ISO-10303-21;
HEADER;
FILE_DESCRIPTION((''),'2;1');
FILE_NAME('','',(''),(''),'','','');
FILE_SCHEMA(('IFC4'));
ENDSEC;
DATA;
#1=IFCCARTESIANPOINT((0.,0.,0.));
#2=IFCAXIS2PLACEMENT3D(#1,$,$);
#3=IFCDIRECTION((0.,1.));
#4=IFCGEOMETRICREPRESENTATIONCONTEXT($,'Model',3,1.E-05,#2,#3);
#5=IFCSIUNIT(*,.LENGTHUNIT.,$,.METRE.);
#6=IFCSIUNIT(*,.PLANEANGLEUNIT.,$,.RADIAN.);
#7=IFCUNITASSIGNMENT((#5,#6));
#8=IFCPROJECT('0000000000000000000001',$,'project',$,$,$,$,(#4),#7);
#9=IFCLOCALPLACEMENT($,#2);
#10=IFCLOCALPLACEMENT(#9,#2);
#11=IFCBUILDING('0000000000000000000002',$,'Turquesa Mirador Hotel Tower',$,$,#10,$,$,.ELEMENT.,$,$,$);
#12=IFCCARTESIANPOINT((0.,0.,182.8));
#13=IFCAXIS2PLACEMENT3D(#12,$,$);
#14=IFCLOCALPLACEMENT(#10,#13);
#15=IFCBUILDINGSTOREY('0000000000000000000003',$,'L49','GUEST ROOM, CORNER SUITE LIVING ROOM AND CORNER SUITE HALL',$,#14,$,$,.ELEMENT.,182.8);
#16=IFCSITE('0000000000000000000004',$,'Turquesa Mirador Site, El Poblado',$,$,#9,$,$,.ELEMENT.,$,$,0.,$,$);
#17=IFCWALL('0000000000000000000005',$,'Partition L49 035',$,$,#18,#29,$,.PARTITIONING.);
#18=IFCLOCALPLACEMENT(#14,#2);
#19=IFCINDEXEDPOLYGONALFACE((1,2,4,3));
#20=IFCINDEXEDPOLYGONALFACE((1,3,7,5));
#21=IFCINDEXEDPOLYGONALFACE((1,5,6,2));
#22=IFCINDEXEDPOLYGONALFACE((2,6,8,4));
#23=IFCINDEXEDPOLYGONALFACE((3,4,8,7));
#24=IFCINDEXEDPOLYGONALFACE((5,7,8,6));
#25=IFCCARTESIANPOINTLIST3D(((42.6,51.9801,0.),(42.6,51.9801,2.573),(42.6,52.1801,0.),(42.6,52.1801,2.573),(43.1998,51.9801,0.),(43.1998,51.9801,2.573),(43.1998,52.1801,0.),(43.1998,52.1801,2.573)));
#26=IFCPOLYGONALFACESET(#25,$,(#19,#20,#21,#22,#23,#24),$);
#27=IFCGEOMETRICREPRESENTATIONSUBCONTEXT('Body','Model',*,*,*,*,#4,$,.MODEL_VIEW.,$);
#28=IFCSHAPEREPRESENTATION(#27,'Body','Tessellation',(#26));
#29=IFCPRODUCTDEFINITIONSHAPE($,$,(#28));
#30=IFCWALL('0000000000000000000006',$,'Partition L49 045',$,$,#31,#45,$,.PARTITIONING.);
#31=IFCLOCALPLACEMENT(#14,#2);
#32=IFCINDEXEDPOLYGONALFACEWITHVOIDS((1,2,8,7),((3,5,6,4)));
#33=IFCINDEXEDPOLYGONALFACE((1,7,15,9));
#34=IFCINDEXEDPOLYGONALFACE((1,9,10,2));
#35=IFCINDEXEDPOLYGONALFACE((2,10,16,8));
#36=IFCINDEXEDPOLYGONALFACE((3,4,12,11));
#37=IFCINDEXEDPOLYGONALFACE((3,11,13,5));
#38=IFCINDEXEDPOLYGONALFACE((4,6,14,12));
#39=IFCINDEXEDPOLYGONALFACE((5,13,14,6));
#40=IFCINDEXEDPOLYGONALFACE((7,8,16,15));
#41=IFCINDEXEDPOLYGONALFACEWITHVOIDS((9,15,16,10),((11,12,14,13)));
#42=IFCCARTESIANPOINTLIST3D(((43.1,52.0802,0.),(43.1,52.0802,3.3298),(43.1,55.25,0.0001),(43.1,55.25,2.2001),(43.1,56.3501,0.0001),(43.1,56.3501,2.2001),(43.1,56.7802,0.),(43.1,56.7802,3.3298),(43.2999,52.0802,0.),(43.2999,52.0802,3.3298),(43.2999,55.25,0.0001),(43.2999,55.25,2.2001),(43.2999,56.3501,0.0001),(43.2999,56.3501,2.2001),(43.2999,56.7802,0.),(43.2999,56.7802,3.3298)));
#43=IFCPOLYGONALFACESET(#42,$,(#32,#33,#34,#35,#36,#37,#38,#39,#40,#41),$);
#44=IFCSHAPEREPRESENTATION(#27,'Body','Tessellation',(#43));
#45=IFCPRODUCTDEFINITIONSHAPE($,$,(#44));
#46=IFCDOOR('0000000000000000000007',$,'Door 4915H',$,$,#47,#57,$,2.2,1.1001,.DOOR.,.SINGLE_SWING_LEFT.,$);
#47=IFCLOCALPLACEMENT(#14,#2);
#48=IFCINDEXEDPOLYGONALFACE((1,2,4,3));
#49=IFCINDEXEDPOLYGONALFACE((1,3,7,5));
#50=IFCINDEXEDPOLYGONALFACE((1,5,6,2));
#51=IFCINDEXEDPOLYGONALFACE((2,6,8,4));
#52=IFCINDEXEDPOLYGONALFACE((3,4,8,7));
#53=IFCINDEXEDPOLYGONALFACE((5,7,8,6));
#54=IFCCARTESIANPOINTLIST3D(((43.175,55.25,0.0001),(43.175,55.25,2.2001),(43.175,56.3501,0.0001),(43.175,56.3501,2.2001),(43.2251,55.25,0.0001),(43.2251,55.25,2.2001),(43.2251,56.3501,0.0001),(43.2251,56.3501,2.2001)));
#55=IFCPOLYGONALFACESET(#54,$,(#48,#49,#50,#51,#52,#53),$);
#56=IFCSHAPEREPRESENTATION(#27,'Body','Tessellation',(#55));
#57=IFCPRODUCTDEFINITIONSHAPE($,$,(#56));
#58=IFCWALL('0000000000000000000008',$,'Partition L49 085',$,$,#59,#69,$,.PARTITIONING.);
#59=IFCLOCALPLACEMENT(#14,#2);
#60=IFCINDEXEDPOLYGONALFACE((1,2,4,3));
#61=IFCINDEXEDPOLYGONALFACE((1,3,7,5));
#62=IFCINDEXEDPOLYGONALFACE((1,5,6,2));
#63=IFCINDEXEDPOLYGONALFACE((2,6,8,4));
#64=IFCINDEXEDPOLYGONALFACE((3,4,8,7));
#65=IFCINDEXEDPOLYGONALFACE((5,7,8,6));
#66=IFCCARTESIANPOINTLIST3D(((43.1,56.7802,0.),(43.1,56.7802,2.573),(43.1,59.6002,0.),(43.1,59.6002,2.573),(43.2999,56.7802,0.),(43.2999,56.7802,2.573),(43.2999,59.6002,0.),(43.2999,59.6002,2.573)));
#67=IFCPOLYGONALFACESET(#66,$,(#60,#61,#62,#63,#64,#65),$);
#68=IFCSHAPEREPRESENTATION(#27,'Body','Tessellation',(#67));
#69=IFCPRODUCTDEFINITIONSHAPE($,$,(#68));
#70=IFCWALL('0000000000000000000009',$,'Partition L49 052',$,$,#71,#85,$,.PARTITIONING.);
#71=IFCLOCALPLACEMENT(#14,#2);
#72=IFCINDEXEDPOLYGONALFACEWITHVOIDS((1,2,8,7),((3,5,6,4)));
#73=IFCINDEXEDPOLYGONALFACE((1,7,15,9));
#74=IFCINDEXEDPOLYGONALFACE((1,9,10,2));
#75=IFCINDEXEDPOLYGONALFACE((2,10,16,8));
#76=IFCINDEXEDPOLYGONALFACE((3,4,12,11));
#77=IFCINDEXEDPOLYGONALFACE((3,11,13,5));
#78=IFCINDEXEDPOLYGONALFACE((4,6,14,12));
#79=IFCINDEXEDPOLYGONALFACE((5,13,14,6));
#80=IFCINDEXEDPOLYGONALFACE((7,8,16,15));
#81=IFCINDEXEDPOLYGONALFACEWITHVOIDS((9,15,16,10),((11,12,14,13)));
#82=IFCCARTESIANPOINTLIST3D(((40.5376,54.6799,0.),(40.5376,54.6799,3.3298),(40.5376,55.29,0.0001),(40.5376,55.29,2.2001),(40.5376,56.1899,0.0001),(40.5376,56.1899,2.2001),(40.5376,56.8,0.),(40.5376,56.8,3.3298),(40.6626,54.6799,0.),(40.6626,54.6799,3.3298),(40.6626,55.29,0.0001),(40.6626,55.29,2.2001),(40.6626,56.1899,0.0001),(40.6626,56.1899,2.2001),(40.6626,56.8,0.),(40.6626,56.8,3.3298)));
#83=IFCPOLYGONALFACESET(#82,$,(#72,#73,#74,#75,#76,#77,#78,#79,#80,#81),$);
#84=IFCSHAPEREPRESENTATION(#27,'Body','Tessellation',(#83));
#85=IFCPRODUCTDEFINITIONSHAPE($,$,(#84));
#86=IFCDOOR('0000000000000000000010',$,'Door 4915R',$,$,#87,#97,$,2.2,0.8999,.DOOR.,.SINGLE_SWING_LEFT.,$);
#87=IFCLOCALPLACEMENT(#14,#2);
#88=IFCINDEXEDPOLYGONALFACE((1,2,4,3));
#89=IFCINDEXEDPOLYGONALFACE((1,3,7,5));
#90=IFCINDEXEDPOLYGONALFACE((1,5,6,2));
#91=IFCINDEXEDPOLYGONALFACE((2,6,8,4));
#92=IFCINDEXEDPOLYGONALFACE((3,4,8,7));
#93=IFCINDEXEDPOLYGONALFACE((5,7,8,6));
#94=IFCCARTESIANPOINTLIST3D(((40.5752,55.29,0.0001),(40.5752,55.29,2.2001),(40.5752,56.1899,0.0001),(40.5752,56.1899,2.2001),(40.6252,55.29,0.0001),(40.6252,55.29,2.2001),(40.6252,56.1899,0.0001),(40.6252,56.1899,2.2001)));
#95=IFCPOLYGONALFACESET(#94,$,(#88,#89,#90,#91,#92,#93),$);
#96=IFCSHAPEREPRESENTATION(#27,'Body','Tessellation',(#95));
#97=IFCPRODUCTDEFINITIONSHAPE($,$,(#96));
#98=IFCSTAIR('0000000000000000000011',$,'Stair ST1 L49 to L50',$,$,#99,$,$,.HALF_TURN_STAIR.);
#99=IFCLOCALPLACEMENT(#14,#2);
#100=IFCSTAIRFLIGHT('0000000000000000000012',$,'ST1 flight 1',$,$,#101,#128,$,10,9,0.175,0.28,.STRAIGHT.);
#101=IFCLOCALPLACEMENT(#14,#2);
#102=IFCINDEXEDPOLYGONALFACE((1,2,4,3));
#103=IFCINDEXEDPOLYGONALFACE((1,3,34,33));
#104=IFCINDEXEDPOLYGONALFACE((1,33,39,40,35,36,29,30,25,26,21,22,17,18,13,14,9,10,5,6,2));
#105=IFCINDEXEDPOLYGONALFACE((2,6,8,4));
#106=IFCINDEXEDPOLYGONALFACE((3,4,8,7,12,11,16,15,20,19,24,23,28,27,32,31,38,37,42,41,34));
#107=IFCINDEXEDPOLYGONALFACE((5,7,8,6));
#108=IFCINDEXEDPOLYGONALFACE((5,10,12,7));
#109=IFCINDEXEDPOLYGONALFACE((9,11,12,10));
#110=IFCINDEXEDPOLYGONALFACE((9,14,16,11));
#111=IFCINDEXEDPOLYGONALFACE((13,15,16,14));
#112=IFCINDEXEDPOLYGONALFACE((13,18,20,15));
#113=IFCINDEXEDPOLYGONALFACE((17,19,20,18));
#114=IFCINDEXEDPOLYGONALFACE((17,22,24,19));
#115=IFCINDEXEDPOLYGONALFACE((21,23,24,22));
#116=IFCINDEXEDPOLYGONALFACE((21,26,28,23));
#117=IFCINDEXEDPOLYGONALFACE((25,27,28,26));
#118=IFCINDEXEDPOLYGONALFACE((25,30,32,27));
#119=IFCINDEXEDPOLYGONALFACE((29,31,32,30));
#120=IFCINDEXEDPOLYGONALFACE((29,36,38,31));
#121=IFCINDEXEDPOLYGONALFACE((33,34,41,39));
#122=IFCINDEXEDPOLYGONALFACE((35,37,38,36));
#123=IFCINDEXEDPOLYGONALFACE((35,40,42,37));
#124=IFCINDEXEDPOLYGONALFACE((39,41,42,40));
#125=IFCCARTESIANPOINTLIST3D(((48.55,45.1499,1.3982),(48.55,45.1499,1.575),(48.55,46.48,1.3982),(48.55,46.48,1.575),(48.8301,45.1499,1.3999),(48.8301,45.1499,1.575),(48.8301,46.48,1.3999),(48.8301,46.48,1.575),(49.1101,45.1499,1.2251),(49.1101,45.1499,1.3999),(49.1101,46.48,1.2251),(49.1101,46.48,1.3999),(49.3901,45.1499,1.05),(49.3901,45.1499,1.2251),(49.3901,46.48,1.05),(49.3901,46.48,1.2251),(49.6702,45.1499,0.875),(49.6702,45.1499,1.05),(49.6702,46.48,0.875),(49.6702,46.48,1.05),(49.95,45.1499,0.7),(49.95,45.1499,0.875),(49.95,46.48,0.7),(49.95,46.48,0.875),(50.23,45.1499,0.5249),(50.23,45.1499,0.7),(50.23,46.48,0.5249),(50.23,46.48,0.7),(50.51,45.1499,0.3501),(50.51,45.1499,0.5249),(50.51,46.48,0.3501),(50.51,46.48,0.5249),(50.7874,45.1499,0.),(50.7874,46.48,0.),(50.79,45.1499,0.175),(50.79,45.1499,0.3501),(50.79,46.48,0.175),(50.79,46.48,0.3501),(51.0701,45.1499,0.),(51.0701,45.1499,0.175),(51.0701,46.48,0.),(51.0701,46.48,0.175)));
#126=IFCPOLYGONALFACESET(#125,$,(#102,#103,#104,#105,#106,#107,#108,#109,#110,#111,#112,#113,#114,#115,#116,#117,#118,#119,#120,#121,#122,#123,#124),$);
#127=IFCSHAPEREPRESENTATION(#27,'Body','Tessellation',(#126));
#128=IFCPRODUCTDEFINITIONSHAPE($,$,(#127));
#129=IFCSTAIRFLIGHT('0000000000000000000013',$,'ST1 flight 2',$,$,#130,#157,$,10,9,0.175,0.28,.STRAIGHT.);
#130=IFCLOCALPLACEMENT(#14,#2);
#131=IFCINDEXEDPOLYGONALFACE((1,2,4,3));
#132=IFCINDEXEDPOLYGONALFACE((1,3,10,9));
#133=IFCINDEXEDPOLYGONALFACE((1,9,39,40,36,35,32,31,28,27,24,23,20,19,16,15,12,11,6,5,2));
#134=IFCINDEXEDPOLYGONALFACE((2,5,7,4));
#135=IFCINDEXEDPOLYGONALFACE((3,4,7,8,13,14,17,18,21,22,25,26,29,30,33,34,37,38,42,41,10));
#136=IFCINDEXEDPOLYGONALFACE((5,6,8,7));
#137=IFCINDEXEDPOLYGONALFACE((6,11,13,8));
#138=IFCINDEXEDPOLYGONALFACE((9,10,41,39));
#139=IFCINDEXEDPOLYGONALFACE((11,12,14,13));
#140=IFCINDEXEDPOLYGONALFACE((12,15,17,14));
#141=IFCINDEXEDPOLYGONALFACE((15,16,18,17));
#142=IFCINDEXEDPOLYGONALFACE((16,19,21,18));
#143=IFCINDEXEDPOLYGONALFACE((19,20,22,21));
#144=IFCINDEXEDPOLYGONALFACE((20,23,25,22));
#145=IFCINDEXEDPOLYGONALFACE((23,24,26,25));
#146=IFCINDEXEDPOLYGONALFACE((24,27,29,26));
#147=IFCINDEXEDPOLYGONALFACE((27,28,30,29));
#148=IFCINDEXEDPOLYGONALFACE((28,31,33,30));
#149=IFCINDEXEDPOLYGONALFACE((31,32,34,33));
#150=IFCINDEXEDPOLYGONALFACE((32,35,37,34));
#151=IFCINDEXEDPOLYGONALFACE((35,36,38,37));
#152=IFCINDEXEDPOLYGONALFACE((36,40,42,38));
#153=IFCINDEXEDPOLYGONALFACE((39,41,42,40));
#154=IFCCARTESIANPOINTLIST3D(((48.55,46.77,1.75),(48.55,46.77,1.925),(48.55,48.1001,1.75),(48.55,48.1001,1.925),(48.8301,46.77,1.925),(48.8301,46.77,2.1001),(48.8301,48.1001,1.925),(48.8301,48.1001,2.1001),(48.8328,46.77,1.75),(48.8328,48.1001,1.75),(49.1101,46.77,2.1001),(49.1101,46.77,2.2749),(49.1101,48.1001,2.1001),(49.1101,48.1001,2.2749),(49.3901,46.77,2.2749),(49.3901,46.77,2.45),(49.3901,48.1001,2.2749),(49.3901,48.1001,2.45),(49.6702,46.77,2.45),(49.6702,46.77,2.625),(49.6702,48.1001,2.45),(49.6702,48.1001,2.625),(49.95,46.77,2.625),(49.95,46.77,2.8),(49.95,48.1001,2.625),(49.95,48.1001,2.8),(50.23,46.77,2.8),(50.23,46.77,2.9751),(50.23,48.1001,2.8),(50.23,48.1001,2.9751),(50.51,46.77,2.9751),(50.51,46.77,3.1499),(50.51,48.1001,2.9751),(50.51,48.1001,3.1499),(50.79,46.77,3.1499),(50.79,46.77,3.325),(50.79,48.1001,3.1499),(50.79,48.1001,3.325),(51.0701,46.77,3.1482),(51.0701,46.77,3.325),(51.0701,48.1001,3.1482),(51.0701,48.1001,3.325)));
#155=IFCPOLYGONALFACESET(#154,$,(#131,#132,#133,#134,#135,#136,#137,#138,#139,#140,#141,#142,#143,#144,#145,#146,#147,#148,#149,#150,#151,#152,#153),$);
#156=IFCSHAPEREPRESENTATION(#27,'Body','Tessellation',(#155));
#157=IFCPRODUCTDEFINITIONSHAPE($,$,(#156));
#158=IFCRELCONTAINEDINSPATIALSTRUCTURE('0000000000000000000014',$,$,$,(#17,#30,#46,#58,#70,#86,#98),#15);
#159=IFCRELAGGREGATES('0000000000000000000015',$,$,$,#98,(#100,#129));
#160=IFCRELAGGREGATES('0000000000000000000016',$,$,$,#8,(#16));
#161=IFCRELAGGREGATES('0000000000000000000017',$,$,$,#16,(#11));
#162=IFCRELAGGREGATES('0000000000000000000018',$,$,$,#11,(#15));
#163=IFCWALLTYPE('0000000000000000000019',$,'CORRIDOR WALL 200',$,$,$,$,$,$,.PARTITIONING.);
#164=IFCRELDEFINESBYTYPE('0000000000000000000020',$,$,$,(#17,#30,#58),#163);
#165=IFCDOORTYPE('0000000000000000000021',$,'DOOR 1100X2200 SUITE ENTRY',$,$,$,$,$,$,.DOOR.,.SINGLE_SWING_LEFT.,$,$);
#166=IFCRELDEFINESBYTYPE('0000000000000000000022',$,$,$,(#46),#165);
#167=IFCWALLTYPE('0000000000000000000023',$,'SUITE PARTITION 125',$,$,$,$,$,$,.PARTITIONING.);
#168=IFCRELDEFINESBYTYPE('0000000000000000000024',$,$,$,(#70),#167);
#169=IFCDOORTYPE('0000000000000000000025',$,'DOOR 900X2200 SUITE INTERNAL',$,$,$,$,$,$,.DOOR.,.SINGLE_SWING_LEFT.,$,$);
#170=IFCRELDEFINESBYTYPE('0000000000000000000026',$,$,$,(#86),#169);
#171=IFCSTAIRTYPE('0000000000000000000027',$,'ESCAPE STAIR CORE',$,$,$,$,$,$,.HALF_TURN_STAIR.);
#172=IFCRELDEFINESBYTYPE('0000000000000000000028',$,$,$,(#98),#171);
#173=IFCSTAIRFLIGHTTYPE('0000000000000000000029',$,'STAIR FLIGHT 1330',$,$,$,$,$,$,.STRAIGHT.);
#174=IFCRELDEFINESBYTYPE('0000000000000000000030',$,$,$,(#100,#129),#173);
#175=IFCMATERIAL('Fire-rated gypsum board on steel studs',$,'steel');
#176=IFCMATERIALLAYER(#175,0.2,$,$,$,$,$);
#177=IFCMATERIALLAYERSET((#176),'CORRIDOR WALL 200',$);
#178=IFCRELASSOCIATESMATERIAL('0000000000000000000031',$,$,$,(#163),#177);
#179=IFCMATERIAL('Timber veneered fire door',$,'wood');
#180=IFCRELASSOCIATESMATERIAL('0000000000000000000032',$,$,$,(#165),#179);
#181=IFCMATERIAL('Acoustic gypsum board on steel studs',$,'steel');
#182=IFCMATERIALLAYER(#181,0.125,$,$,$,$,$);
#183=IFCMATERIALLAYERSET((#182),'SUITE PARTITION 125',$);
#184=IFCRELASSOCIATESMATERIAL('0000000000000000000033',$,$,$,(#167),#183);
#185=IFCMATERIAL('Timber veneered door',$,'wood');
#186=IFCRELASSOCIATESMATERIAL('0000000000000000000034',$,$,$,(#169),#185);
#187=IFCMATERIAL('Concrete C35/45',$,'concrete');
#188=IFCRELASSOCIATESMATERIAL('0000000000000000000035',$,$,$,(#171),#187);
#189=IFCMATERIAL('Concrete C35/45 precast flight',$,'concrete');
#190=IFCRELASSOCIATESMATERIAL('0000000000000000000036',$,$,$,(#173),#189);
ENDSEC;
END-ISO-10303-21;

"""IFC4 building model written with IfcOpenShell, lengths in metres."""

from ifc_helpers import new_model, si_unit, direction, frame, frame_2d, origin, place, context, subcontext, project, spatial, polyline, rectangle, outline, extrude, material, layer, layer_set, type_object, element, fill, aggregate, save


model = new_model("IFC4")

# Units and contexts
model_context = context("Model", 3, precision=1e-05, world=origin(), true_north=direction((0.0, 1.0)))
body_context = subcontext(model_context, "Body", "Model", "MODEL_VIEW")
ifc_project = project(units=[si_unit("LENGTHUNIT", "METRE"), si_unit("PLANEANGLEUNIT", "RADIAN")], contexts=[model_context])

# Site, building, storey
site_placement = place(None, origin())
site = spatial("IfcSite", under=ifc_project, at=site_placement, Name="Turquesa Mirador Site, El Poblado", CompositionType="ELEMENT", RefElevation=0.0)
building_placement = place(site_placement, origin())
building = spatial("IfcBuilding", under=site, at=building_placement, Name="Turquesa Mirador Hotel Tower", CompositionType="ELEMENT")
storey_placement = place(building_placement, frame((0.0, 0.0, 182.8)))
storey = spatial("IfcBuildingStorey", under=building, at=storey_placement, Name="L49", Description="GUEST ROOM, CORNER SUITE LIVING ROOM AND CORNER SUITE HALL", CompositionType="ELEMENT", Elevation=182.8)

# Shared definitions
ifc_material_1 = material(Name="Fire-rated gypsum board on steel studs", Category="steel")
ifc_layer_1 = layer(ifc_material_1, 0.2)
ifc_layer_set_1 = layer_set([ifc_layer_1], Name="CORRIDOR WALL 200")
wall_type_1 = type_object("IfcWallType", Name="CORRIDOR WALL 200", PredefinedType="PARTITIONING", material=ifc_layer_set_1)

# Wall
wall_1_placement = place(storey_placement, frame((42.6001, 52.0801, 0.0), z_axis=(0.0, 0.0, 1.0), x_axis=(1.0, 0.0, 0.0)))
element("IfcWall", 1, at=wall_1_placement, inside=storey, type_object=wall_type_1, Name="Partition L49 035", PredefinedType="PARTITIONING", context=body_context, shape_type="SweptSolid", body=[
    extrude(rectangle(XDim=0.5999, YDim=0.2, at=frame_2d((0.2998, 0.0))), origin(), (0.0, 0.0, 1.0), 2.573),
])

# Wall, opening, door
wall_2_placement = place(storey_placement, frame((43.2, 52.0801, 0.0), z_axis=(0.0, 0.0, 1.0), x_axis=(0.0, 1.0, 0.0)))
wall_2 = element("IfcWall", 2, at=wall_2_placement, inside=storey, type_object=wall_type_1, Name="Partition L49 045", PredefinedType="PARTITIONING", context=body_context, shape_type="SweptSolid", body=[
    extrude(rectangle(XDim=4.7, YDim=0.2, at=frame_2d((2.3501, 0.0))), origin(), (0.0, 0.0, 1.0), 3.3298),
])
opening_1_placement = place(wall_2_placement, frame((3.1699, 0.0, 0.0)))
opening_1 = element("IfcOpeningElement", 3, at=opening_1_placement, cuts=wall_2, PredefinedType="OPENING", context=body_context, shape_type="SweptSolid", body=[
    extrude(rectangle(XDim=1.1001, YDim=2.2, at=frame_2d((0.55, 1.1001))), frame((0.0, 0.1099, 0.0), z_axis=(0.0, -1.0, 0.0), x_axis=(1.0, 0.0, 0.0)), (0.0, 0.0, 1.0), 0.22),
])
ifc_material_2 = material(Name="Timber veneered fire door", Category="wood")
door_type_1 = type_object("IfcDoorType", Name="DOOR 1100X2200 SUITE ENTRY", OperationType="SINGLE_SWING_LEFT", PredefinedType="DOOR", material=ifc_material_2)
door_1_placement = place(opening_1_placement, origin())
door_1 = element("IfcDoor", 4, at=door_1_placement, inside=storey, type_object=door_type_1, Name="Door 4915H", OperationType="SINGLE_SWING_LEFT", OverallHeight=2.2, OverallWidth=1.1001, PredefinedType="DOOR", context=body_context, shape_type="SweptSolid", body=[
    extrude(rectangle(XDim=1.1001, YDim=2.2, at=frame_2d((0.55, 1.1001))), frame((0.0, 0.0249, 0.0), z_axis=(0.0, -1.0, 0.0), x_axis=(1.0, 0.0, 0.0)), (0.0, 0.0, 1.0), 0.05),
])
fill(opening_1, door_1)

# Wall
wall_3_placement = place(storey_placement, frame((43.2, 56.78, 0.0), z_axis=(0.0, 0.0, 1.0), x_axis=(0.0, 1.0, 0.0)))
element("IfcWall", 5, at=wall_3_placement, inside=storey, type_object=wall_type_1, Name="Partition L49 085", PredefinedType="PARTITIONING", context=body_context, shape_type="SweptSolid", body=[
    extrude(rectangle(XDim=2.8201, YDim=0.2, at=frame_2d((1.4102, 0.0))), origin(), (0.0, 0.0, 1.0), 2.573),
])

# Wall, opening, door
ifc_material_3 = material(Name="Acoustic gypsum board on steel studs", Category="steel")
ifc_layer_2 = layer(ifc_material_3, 0.125)
ifc_layer_set_2 = layer_set([ifc_layer_2], Name="SUITE PARTITION 125")
wall_type_2 = type_object("IfcWallType", Name="SUITE PARTITION 125", PredefinedType="PARTITIONING", material=ifc_layer_set_2)
wall_4_placement = place(storey_placement, frame((40.6001, 54.6799, 0.0), z_axis=(0.0, 0.0, 1.0), x_axis=(0.0, 1.0, 0.0)))
wall_4 = element("IfcWall", 6, at=wall_4_placement, inside=storey, type_object=wall_type_2, Name="Partition L49 052", PredefinedType="PARTITIONING", context=body_context, shape_type="SweptSolid", body=[
    extrude(rectangle(XDim=2.1201, YDim=0.125, at=frame_2d((1.0601, 0.0))), origin(), (0.0, 0.0, 1.0), 3.3298),
])
opening_2_placement = place(wall_4_placement, frame((0.6101, 0.0, 0.0)))
opening_2 = element("IfcOpeningElement", 7, at=opening_2_placement, cuts=wall_4, PredefinedType="OPENING", context=body_context, shape_type="SweptSolid", body=[
    extrude(rectangle(XDim=0.8999, YDim=2.2, at=frame_2d((0.45, 1.1001))), frame((0.0, 0.0725, 0.0), z_axis=(0.0, -1.0, 0.0), x_axis=(1.0, 0.0, 0.0)), (0.0, 0.0, 1.0), 0.145),
])
ifc_material_4 = material(Name="Timber veneered door", Category="wood")
door_type_2 = type_object("IfcDoorType", Name="DOOR 900X2200 SUITE INTERNAL", OperationType="SINGLE_SWING_LEFT", PredefinedType="DOOR", material=ifc_material_4)
door_2_placement = place(opening_2_placement, origin())
door_2 = element("IfcDoor", 8, at=door_2_placement, inside=storey, type_object=door_type_2, Name="Door 4915R", OperationType="SINGLE_SWING_LEFT", OverallHeight=2.2, OverallWidth=0.8999, PredefinedType="DOOR", context=body_context, shape_type="SweptSolid", body=[
    extrude(rectangle(XDim=0.8999, YDim=2.2, at=frame_2d((0.45, 1.1001))), frame((0.0, 0.0249, 0.0), z_axis=(0.0, -1.0, 0.0), x_axis=(1.0, 0.0, 0.0)), (0.0, 0.0, 1.0), 0.05),
])
fill(opening_2, door_2)

# Stair, stair flights
ifc_material_5 = material(Name="Concrete C35/45", Category="concrete")
stair_type = type_object("IfcStairType", Name="ESCAPE STAIR CORE", PredefinedType="HALF_TURN_STAIR", material=ifc_material_5)
stair_1_placement = place(storey_placement, origin())
stair_1 = element("IfcStair", 9, at=stair_1_placement, inside=storey, type_object=stair_type, Name="Stair ST1 L49 to L50", PredefinedType="HALF_TURN_STAIR")
ifc_material_6 = material(Name="Concrete C35/45 precast flight", Category="concrete")
stair_flight_type = type_object("IfcStairFlightType", Name="STAIR FLIGHT 1330", PredefinedType="STRAIGHT", material=ifc_material_6)
stair_flight_1_placement = place(storey_placement, frame((51.0701, 45.8149, 0.0), z_axis=(0.0, 0.0, 1.0), x_axis=(-1.0, 0.0, 0.0)))
stair_flight_1 = element("IfcStairFlight", 10, at=stair_flight_1_placement, type_object=stair_flight_type, Name="ST1 flight 1", NumberOfRisers=10, NumberOfTreads=9, PredefinedType="STRAIGHT", RiserHeight=0.175, TreadLength=0.28, context=body_context, shape_type="SweptSolid", body=[
    extrude(outline(polyline([(0.0, 0.0), (0.0, 0.175), (0.28, 0.175), (0.28, 0.3501), (0.5601, 0.3501), (0.5601, 0.5249), (0.8401, 0.5249), (0.8401, 0.7), (1.1201, 0.7), (1.1201, 0.875), (1.3999, 0.875), (1.3999, 1.05), (1.6799, 1.05), (1.6799, 1.2251), (1.96, 1.2251), (1.96, 1.3999), (2.24, 1.3999), (2.24, 1.575), (2.52, 1.575), (2.52, 1.75), (2.52, 1.3982), (0.2827, 0.0), (0.0, 0.0)])), frame((0.0, 0.665, 0.0), z_axis=(0.0, -1.0, 0.0), x_axis=(1.0, 0.0, 0.0)), (0.0, 0.0, 1.0), 1.3301),
])
stair_flight_2_placement = place(storey_placement, frame((48.55, 47.4351, 1.75), z_axis=(0.0, 0.0, 1.0), x_axis=(1.0, 0.0, 0.0)))
stair_flight_2 = element("IfcStairFlight", 11, at=stair_flight_2_placement, type_object=stair_flight_type, Name="ST1 flight 2", NumberOfRisers=10, NumberOfTreads=9, PredefinedType="STRAIGHT", RiserHeight=0.175, TreadLength=0.28, context=body_context, shape_type="SweptSolid", body=[
    extrude(outline(polyline([(0.0, 0.0), (0.0, 0.175), (0.28, 0.175), (0.28, 0.3501), (0.5601, 0.3501), (0.5601, 0.5249), (0.8401, 0.5249), (0.8401, 0.7), (1.1201, 0.7), (1.1201, 0.875), (1.3999, 0.875), (1.3999, 1.05), (1.6799, 1.05), (1.6799, 1.2251), (1.96, 1.2251), (1.96, 1.3999), (2.24, 1.3999), (2.24, 1.575), (2.52, 1.575), (2.52, 1.75), (2.52, 1.3982), (0.2827, 0.0), (0.0, 0.0)])), frame((0.0, 0.665, 0.0), z_axis=(0.0, -1.0, 0.0), x_axis=(1.0, 0.0, 0.0)), (0.0, 0.0, 1.0), 1.3301),
])
aggregate(stair_1, [stair_flight_1, stair_flight_2])

save(model, "model.ifc")
